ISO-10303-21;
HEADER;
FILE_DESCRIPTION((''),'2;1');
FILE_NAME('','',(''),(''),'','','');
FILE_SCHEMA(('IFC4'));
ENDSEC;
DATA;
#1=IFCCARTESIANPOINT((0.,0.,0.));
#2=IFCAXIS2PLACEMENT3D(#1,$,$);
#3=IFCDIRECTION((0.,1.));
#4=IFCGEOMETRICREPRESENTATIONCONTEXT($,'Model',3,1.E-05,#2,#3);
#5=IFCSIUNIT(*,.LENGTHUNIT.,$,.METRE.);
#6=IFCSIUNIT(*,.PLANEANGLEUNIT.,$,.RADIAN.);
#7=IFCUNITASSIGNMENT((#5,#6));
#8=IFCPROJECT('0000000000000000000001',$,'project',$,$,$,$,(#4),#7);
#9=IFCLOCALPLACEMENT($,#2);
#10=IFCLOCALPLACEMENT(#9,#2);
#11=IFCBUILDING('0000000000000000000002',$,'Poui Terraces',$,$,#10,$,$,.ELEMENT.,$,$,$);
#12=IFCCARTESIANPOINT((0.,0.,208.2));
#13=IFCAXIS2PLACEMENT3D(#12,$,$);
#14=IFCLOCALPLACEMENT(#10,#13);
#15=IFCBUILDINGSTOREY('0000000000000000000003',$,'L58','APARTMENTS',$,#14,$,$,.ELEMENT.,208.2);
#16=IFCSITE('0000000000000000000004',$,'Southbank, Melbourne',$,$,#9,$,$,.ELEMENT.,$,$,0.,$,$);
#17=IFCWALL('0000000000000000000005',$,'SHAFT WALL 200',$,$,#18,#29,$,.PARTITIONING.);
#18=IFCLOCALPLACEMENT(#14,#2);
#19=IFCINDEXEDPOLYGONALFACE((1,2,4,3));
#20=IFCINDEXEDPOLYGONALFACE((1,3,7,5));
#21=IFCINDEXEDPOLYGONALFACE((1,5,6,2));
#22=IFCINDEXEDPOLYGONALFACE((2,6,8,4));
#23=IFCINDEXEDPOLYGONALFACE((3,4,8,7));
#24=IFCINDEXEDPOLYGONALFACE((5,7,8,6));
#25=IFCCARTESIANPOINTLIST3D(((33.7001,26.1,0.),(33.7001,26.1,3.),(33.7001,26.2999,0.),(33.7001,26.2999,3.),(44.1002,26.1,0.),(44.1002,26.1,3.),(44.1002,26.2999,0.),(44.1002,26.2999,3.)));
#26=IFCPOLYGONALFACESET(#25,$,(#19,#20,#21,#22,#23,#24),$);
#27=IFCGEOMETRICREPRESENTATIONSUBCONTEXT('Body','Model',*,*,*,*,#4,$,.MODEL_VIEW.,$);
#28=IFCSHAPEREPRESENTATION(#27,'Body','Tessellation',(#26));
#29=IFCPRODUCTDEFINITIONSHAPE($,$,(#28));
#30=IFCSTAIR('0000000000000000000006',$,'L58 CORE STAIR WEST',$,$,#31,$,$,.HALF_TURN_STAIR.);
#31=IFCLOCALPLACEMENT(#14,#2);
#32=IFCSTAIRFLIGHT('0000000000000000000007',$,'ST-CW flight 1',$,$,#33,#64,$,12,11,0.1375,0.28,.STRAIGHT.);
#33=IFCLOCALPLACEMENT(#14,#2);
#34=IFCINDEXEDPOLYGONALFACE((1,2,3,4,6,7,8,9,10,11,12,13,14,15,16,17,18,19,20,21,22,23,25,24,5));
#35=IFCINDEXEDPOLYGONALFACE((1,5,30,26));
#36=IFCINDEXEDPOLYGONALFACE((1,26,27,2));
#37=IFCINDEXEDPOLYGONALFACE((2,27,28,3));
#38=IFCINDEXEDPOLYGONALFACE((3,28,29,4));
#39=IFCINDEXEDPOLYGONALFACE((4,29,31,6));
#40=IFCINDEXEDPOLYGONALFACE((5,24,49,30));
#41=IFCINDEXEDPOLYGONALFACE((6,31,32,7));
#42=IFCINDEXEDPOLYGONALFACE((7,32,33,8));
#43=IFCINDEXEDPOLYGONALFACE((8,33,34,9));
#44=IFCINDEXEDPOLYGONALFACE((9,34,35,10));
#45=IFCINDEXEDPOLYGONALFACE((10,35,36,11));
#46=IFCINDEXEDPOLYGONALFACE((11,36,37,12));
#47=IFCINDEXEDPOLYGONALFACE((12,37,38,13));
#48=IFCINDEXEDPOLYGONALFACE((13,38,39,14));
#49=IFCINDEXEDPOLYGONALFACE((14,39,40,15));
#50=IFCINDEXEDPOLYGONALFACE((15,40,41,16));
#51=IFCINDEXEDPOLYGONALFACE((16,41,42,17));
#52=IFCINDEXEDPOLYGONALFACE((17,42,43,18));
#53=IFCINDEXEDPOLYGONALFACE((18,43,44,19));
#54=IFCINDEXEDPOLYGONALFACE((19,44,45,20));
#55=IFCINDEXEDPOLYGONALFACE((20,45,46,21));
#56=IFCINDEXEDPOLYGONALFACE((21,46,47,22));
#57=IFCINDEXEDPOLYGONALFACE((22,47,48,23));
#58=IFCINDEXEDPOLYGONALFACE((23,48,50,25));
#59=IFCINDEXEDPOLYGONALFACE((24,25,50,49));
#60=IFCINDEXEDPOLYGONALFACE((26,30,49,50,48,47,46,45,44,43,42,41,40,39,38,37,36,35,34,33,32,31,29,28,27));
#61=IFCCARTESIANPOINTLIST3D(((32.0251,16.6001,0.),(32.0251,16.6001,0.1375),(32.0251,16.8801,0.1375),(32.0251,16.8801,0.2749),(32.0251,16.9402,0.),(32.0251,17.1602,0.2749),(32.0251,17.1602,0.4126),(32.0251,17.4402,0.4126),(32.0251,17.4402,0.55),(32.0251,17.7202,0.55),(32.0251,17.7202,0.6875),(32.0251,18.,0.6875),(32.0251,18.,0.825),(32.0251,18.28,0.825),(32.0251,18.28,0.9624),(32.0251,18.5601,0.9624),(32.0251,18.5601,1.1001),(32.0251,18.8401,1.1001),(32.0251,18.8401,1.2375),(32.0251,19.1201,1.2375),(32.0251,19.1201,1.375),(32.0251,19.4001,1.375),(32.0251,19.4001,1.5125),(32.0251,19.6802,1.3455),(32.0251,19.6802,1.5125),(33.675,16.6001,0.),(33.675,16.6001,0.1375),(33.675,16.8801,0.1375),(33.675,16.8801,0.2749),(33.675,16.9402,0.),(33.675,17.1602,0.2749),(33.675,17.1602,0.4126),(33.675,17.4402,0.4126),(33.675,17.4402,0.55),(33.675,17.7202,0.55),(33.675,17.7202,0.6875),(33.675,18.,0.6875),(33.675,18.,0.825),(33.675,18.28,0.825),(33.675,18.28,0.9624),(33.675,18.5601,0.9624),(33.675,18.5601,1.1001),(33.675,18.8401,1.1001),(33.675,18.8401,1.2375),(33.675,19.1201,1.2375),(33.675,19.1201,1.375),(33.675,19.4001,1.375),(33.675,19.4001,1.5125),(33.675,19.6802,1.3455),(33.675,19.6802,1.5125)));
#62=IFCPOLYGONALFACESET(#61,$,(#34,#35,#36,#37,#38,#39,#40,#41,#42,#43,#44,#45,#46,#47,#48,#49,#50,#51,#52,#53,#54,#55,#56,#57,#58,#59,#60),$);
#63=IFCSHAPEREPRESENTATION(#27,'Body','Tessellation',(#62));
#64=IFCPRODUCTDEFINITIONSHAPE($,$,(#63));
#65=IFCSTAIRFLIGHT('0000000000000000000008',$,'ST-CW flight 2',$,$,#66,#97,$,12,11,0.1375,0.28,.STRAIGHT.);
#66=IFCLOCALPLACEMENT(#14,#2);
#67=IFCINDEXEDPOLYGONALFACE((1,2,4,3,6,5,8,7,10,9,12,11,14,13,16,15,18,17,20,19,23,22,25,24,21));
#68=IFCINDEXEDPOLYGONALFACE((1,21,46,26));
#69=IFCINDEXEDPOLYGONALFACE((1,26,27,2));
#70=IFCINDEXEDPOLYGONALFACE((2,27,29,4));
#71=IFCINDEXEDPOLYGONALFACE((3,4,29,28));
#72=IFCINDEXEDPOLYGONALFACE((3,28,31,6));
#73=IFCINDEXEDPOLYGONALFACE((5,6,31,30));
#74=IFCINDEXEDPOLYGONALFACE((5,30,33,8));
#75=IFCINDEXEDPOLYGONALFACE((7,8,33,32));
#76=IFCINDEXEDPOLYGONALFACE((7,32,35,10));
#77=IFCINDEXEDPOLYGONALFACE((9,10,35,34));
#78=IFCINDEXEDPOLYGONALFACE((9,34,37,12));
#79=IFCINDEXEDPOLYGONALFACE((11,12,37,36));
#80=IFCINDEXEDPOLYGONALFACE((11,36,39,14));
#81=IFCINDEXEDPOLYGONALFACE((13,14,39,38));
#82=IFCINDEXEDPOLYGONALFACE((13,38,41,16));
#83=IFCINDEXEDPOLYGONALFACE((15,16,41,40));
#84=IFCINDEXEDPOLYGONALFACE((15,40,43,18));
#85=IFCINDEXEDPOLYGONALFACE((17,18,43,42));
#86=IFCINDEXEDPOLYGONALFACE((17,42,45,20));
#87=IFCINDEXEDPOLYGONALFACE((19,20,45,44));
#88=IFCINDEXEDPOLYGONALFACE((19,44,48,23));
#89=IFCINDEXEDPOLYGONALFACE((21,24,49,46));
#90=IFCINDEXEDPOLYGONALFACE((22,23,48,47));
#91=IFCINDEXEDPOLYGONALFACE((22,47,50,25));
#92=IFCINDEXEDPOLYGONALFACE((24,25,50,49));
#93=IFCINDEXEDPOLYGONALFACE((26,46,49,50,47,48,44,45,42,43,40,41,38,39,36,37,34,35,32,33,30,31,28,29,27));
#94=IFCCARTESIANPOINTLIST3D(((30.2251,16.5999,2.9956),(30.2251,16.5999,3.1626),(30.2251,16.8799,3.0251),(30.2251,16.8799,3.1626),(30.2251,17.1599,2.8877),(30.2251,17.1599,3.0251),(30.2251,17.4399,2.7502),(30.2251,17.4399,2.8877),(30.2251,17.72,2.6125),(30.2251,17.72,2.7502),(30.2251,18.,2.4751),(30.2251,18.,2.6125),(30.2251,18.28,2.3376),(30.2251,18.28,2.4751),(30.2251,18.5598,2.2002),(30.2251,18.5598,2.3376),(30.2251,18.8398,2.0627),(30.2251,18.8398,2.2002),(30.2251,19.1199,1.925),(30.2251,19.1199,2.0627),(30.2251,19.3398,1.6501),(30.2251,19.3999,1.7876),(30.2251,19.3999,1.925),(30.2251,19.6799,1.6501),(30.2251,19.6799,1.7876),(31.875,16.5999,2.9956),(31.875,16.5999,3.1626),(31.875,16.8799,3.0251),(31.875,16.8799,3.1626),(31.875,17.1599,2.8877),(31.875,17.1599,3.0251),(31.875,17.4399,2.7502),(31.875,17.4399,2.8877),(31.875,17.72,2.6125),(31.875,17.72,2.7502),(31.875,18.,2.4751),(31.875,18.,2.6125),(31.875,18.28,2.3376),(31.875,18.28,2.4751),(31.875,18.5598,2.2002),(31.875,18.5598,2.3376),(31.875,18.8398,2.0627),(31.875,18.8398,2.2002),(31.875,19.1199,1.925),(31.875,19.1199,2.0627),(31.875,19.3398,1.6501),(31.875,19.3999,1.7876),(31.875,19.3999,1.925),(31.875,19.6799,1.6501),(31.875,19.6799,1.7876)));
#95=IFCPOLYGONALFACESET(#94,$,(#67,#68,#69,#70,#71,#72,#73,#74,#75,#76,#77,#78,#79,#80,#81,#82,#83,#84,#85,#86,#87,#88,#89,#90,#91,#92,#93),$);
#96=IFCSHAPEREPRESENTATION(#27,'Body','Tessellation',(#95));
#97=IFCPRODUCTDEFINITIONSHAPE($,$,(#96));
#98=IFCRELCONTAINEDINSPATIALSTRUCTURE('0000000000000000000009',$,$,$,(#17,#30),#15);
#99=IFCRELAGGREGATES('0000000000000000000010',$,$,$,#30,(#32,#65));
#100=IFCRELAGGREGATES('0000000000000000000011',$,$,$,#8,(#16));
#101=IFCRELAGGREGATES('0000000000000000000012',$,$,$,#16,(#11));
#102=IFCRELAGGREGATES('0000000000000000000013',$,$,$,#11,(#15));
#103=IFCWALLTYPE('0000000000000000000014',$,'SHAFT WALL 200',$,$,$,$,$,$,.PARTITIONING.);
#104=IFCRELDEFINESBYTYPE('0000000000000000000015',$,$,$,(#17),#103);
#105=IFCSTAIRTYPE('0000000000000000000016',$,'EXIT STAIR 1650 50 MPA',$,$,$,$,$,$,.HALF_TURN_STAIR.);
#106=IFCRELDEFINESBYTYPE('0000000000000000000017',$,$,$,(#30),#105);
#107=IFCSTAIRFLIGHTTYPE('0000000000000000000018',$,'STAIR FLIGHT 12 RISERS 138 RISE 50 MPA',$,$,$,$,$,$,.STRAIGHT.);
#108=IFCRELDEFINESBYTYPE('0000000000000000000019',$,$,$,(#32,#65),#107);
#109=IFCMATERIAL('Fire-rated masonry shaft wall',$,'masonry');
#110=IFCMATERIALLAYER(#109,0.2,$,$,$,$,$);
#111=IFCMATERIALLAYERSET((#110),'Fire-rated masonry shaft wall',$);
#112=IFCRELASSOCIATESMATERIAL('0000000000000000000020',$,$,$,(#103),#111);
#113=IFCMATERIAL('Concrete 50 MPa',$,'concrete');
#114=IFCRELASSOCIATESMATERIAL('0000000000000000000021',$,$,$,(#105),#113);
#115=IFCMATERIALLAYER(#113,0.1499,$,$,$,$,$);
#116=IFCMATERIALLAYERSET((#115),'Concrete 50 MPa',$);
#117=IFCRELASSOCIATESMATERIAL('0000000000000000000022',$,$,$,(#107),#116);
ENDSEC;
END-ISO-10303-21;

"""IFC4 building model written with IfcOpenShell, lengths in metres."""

from ifc_helpers import new_model, si_unit, direction, frame, frame_2d, origin, place, context, subcontext, project, spatial, polyline, rectangle, outline, extrude, material, layer, layer_set, type_object, element, aggregate, save


model = new_model("IFC4")

# Units and contexts
model_context = context("Model", 3, precision=1e-05, world=origin(), true_north=direction((0.0, 1.0)))
body_context = subcontext(model_context, "Body", "Model", "MODEL_VIEW")
ifc_project = project(units=[si_unit("LENGTHUNIT", "METRE"), si_unit("PLANEANGLEUNIT", "RADIAN")], contexts=[model_context])

# Site, building, storey
site_placement = place(None, origin())
site = spatial("IfcSite", under=ifc_project, at=site_placement, Name="Southbank, Melbourne", CompositionType="ELEMENT", RefElevation=0.0)
building_placement = place(site_placement, origin())
building = spatial("IfcBuilding", under=site, at=building_placement, Name="Poui Terraces", CompositionType="ELEMENT")
storey_placement = place(building_placement, frame((0.0, 0.0, 208.2)))
storey = spatial("IfcBuildingStorey", under=building, at=storey_placement, Name="L58", Description="APARTMENTS", CompositionType="ELEMENT", Elevation=208.2)

# Wall
ifc_material_1 = material(Name="Fire-rated masonry shaft wall", Category="masonry")
ifc_layer_1 = layer(ifc_material_1, 0.2)
ifc_layer_set_1 = layer_set([ifc_layer_1], Name="Fire-rated masonry shaft wall")
wall_type = type_object("IfcWallType", Name="SHAFT WALL 200", PredefinedType="PARTITIONING", material=ifc_layer_set_1)
wall_placement = place(storey_placement, frame((33.7, 26.2, 0.0), z_axis=(0.0, 0.0, 1.0), x_axis=(1.0, 0.0, 0.0)))
element("IfcWall", 1, at=wall_placement, inside=storey, type_object=wall_type, Name="SHAFT WALL 200", PredefinedType="PARTITIONING", context=body_context, shape_type="SweptSolid", body=[
    extrude(rectangle(XDim=10.4001, YDim=0.2, at=frame_2d((5.2002, 0.0))), origin(), (0.0, 0.0, 1.0), 3.0),
])

# Stair, stair flights
ifc_material_2 = material(Name="Concrete 50 MPa", Category="concrete")
stair_type = type_object("IfcStairType", Name="EXIT STAIR 1650 50 MPA", PredefinedType="HALF_TURN_STAIR", material=ifc_material_2)
stair_placement = place(storey_placement, origin())
stair = element("IfcStair", 2, at=stair_placement, inside=storey, type_object=stair_type, Name="L58 CORE STAIR WEST", PredefinedType="HALF_TURN_STAIR")
ifc_layer_2 = layer(ifc_material_2, 0.1499)
ifc_layer_set_2 = layer_set([ifc_layer_2], Name="Concrete 50 MPa")
stair_flight_type = type_object("IfcStairFlightType", Name="STAIR FLIGHT 12 RISERS 138 RISE 50 MPA", PredefinedType="STRAIGHT", material=ifc_layer_set_2)
stair_flight_1_placement = place(storey_placement, frame((32.8501, 16.6001, 0.0), z_axis=(0.0, 0.0, 1.0), x_axis=(0.0, 1.0, 0.0)))
stair_flight_1 = element("IfcStairFlight", 3, at=stair_flight_1_placement, type_object=stair_flight_type, Name="ST-CW flight 1", NumberOfRisers=12, NumberOfTreads=11, PredefinedType="STRAIGHT", RiserHeight=0.1375, TreadLength=0.28, context=body_context, shape_type="SweptSolid", body=[
    extrude(outline(polyline([(0.0, 0.0), (0.0, 0.1375), (0.28, 0.1375), (0.28, 0.2749), (0.5601, 0.2749), (0.5601, 0.4126), (0.8401, 0.4126), (0.8401, 0.55), (1.1201, 0.55), (1.1201, 0.6875), (1.3999, 0.6875), (1.3999, 0.825), (1.6799, 0.825), (1.6799, 0.9624), (1.96, 0.9624), (1.96, 1.1001), (2.24, 1.1001), (2.24, 1.2375), (2.52, 1.2375), (2.52, 1.375), (2.8, 1.375), (2.8, 1.5125), (3.0801, 1.5125), (3.0801, 1.6499), (3.0801, 1.3455), (0.3401, 0.0), (0.0, 0.0)])), frame((0.0, 0.825, 0.0), z_axis=(0.0, -1.0, 0.0), x_axis=(1.0, 0.0, 0.0)), (0.0, 0.0, 1.0), 1.6499),
])
stair_flight_2_placement = place(storey_placement, frame((31.05, 19.6799, 1.6501), z_axis=(0.0, 0.0, 1.0), x_axis=(0.0, -1.0, 0.0)))
stair_flight_2 = element("IfcStairFlight", 4, at=stair_flight_2_placement, type_object=stair_flight_type, Name="ST-CW flight 2", NumberOfRisers=12, NumberOfTreads=11, PredefinedType="STRAIGHT", RiserHeight=0.1375, TreadLength=0.28, context=body_context, shape_type="SweptSolid", body=[
    extrude(outline(polyline([(0.0, 0.0), (0.0, 0.1375), (0.28, 0.1375), (0.28, 0.2749), (0.5601, 0.2749), (0.5601, 0.4126), (0.8401, 0.4126), (0.8401, 0.55), (1.1201, 0.55), (1.1201, 0.6875), (1.3999, 0.6875), (1.3999, 0.825), (1.6799, 0.825), (1.6799, 0.9624), (1.96, 0.9624), (1.96, 1.1001), (2.24, 1.1001), (2.24, 1.2375), (2.52, 1.2375), (2.52, 1.375), (2.8, 1.375), (2.8, 1.5125), (3.0801, 1.5125), (3.0801, 1.6499), (3.0801, 1.3455), (0.3401, 0.0), (0.0, 0.0)])), frame((0.0, 0.825, 0.0), z_axis=(0.0, -1.0, 0.0), x_axis=(1.0, 0.0, 0.0)), (0.0, 0.0, 1.0), 1.6499),
])
aggregate(stair, [stair_flight_1, stair_flight_2])

save(model, "model.ifc")
